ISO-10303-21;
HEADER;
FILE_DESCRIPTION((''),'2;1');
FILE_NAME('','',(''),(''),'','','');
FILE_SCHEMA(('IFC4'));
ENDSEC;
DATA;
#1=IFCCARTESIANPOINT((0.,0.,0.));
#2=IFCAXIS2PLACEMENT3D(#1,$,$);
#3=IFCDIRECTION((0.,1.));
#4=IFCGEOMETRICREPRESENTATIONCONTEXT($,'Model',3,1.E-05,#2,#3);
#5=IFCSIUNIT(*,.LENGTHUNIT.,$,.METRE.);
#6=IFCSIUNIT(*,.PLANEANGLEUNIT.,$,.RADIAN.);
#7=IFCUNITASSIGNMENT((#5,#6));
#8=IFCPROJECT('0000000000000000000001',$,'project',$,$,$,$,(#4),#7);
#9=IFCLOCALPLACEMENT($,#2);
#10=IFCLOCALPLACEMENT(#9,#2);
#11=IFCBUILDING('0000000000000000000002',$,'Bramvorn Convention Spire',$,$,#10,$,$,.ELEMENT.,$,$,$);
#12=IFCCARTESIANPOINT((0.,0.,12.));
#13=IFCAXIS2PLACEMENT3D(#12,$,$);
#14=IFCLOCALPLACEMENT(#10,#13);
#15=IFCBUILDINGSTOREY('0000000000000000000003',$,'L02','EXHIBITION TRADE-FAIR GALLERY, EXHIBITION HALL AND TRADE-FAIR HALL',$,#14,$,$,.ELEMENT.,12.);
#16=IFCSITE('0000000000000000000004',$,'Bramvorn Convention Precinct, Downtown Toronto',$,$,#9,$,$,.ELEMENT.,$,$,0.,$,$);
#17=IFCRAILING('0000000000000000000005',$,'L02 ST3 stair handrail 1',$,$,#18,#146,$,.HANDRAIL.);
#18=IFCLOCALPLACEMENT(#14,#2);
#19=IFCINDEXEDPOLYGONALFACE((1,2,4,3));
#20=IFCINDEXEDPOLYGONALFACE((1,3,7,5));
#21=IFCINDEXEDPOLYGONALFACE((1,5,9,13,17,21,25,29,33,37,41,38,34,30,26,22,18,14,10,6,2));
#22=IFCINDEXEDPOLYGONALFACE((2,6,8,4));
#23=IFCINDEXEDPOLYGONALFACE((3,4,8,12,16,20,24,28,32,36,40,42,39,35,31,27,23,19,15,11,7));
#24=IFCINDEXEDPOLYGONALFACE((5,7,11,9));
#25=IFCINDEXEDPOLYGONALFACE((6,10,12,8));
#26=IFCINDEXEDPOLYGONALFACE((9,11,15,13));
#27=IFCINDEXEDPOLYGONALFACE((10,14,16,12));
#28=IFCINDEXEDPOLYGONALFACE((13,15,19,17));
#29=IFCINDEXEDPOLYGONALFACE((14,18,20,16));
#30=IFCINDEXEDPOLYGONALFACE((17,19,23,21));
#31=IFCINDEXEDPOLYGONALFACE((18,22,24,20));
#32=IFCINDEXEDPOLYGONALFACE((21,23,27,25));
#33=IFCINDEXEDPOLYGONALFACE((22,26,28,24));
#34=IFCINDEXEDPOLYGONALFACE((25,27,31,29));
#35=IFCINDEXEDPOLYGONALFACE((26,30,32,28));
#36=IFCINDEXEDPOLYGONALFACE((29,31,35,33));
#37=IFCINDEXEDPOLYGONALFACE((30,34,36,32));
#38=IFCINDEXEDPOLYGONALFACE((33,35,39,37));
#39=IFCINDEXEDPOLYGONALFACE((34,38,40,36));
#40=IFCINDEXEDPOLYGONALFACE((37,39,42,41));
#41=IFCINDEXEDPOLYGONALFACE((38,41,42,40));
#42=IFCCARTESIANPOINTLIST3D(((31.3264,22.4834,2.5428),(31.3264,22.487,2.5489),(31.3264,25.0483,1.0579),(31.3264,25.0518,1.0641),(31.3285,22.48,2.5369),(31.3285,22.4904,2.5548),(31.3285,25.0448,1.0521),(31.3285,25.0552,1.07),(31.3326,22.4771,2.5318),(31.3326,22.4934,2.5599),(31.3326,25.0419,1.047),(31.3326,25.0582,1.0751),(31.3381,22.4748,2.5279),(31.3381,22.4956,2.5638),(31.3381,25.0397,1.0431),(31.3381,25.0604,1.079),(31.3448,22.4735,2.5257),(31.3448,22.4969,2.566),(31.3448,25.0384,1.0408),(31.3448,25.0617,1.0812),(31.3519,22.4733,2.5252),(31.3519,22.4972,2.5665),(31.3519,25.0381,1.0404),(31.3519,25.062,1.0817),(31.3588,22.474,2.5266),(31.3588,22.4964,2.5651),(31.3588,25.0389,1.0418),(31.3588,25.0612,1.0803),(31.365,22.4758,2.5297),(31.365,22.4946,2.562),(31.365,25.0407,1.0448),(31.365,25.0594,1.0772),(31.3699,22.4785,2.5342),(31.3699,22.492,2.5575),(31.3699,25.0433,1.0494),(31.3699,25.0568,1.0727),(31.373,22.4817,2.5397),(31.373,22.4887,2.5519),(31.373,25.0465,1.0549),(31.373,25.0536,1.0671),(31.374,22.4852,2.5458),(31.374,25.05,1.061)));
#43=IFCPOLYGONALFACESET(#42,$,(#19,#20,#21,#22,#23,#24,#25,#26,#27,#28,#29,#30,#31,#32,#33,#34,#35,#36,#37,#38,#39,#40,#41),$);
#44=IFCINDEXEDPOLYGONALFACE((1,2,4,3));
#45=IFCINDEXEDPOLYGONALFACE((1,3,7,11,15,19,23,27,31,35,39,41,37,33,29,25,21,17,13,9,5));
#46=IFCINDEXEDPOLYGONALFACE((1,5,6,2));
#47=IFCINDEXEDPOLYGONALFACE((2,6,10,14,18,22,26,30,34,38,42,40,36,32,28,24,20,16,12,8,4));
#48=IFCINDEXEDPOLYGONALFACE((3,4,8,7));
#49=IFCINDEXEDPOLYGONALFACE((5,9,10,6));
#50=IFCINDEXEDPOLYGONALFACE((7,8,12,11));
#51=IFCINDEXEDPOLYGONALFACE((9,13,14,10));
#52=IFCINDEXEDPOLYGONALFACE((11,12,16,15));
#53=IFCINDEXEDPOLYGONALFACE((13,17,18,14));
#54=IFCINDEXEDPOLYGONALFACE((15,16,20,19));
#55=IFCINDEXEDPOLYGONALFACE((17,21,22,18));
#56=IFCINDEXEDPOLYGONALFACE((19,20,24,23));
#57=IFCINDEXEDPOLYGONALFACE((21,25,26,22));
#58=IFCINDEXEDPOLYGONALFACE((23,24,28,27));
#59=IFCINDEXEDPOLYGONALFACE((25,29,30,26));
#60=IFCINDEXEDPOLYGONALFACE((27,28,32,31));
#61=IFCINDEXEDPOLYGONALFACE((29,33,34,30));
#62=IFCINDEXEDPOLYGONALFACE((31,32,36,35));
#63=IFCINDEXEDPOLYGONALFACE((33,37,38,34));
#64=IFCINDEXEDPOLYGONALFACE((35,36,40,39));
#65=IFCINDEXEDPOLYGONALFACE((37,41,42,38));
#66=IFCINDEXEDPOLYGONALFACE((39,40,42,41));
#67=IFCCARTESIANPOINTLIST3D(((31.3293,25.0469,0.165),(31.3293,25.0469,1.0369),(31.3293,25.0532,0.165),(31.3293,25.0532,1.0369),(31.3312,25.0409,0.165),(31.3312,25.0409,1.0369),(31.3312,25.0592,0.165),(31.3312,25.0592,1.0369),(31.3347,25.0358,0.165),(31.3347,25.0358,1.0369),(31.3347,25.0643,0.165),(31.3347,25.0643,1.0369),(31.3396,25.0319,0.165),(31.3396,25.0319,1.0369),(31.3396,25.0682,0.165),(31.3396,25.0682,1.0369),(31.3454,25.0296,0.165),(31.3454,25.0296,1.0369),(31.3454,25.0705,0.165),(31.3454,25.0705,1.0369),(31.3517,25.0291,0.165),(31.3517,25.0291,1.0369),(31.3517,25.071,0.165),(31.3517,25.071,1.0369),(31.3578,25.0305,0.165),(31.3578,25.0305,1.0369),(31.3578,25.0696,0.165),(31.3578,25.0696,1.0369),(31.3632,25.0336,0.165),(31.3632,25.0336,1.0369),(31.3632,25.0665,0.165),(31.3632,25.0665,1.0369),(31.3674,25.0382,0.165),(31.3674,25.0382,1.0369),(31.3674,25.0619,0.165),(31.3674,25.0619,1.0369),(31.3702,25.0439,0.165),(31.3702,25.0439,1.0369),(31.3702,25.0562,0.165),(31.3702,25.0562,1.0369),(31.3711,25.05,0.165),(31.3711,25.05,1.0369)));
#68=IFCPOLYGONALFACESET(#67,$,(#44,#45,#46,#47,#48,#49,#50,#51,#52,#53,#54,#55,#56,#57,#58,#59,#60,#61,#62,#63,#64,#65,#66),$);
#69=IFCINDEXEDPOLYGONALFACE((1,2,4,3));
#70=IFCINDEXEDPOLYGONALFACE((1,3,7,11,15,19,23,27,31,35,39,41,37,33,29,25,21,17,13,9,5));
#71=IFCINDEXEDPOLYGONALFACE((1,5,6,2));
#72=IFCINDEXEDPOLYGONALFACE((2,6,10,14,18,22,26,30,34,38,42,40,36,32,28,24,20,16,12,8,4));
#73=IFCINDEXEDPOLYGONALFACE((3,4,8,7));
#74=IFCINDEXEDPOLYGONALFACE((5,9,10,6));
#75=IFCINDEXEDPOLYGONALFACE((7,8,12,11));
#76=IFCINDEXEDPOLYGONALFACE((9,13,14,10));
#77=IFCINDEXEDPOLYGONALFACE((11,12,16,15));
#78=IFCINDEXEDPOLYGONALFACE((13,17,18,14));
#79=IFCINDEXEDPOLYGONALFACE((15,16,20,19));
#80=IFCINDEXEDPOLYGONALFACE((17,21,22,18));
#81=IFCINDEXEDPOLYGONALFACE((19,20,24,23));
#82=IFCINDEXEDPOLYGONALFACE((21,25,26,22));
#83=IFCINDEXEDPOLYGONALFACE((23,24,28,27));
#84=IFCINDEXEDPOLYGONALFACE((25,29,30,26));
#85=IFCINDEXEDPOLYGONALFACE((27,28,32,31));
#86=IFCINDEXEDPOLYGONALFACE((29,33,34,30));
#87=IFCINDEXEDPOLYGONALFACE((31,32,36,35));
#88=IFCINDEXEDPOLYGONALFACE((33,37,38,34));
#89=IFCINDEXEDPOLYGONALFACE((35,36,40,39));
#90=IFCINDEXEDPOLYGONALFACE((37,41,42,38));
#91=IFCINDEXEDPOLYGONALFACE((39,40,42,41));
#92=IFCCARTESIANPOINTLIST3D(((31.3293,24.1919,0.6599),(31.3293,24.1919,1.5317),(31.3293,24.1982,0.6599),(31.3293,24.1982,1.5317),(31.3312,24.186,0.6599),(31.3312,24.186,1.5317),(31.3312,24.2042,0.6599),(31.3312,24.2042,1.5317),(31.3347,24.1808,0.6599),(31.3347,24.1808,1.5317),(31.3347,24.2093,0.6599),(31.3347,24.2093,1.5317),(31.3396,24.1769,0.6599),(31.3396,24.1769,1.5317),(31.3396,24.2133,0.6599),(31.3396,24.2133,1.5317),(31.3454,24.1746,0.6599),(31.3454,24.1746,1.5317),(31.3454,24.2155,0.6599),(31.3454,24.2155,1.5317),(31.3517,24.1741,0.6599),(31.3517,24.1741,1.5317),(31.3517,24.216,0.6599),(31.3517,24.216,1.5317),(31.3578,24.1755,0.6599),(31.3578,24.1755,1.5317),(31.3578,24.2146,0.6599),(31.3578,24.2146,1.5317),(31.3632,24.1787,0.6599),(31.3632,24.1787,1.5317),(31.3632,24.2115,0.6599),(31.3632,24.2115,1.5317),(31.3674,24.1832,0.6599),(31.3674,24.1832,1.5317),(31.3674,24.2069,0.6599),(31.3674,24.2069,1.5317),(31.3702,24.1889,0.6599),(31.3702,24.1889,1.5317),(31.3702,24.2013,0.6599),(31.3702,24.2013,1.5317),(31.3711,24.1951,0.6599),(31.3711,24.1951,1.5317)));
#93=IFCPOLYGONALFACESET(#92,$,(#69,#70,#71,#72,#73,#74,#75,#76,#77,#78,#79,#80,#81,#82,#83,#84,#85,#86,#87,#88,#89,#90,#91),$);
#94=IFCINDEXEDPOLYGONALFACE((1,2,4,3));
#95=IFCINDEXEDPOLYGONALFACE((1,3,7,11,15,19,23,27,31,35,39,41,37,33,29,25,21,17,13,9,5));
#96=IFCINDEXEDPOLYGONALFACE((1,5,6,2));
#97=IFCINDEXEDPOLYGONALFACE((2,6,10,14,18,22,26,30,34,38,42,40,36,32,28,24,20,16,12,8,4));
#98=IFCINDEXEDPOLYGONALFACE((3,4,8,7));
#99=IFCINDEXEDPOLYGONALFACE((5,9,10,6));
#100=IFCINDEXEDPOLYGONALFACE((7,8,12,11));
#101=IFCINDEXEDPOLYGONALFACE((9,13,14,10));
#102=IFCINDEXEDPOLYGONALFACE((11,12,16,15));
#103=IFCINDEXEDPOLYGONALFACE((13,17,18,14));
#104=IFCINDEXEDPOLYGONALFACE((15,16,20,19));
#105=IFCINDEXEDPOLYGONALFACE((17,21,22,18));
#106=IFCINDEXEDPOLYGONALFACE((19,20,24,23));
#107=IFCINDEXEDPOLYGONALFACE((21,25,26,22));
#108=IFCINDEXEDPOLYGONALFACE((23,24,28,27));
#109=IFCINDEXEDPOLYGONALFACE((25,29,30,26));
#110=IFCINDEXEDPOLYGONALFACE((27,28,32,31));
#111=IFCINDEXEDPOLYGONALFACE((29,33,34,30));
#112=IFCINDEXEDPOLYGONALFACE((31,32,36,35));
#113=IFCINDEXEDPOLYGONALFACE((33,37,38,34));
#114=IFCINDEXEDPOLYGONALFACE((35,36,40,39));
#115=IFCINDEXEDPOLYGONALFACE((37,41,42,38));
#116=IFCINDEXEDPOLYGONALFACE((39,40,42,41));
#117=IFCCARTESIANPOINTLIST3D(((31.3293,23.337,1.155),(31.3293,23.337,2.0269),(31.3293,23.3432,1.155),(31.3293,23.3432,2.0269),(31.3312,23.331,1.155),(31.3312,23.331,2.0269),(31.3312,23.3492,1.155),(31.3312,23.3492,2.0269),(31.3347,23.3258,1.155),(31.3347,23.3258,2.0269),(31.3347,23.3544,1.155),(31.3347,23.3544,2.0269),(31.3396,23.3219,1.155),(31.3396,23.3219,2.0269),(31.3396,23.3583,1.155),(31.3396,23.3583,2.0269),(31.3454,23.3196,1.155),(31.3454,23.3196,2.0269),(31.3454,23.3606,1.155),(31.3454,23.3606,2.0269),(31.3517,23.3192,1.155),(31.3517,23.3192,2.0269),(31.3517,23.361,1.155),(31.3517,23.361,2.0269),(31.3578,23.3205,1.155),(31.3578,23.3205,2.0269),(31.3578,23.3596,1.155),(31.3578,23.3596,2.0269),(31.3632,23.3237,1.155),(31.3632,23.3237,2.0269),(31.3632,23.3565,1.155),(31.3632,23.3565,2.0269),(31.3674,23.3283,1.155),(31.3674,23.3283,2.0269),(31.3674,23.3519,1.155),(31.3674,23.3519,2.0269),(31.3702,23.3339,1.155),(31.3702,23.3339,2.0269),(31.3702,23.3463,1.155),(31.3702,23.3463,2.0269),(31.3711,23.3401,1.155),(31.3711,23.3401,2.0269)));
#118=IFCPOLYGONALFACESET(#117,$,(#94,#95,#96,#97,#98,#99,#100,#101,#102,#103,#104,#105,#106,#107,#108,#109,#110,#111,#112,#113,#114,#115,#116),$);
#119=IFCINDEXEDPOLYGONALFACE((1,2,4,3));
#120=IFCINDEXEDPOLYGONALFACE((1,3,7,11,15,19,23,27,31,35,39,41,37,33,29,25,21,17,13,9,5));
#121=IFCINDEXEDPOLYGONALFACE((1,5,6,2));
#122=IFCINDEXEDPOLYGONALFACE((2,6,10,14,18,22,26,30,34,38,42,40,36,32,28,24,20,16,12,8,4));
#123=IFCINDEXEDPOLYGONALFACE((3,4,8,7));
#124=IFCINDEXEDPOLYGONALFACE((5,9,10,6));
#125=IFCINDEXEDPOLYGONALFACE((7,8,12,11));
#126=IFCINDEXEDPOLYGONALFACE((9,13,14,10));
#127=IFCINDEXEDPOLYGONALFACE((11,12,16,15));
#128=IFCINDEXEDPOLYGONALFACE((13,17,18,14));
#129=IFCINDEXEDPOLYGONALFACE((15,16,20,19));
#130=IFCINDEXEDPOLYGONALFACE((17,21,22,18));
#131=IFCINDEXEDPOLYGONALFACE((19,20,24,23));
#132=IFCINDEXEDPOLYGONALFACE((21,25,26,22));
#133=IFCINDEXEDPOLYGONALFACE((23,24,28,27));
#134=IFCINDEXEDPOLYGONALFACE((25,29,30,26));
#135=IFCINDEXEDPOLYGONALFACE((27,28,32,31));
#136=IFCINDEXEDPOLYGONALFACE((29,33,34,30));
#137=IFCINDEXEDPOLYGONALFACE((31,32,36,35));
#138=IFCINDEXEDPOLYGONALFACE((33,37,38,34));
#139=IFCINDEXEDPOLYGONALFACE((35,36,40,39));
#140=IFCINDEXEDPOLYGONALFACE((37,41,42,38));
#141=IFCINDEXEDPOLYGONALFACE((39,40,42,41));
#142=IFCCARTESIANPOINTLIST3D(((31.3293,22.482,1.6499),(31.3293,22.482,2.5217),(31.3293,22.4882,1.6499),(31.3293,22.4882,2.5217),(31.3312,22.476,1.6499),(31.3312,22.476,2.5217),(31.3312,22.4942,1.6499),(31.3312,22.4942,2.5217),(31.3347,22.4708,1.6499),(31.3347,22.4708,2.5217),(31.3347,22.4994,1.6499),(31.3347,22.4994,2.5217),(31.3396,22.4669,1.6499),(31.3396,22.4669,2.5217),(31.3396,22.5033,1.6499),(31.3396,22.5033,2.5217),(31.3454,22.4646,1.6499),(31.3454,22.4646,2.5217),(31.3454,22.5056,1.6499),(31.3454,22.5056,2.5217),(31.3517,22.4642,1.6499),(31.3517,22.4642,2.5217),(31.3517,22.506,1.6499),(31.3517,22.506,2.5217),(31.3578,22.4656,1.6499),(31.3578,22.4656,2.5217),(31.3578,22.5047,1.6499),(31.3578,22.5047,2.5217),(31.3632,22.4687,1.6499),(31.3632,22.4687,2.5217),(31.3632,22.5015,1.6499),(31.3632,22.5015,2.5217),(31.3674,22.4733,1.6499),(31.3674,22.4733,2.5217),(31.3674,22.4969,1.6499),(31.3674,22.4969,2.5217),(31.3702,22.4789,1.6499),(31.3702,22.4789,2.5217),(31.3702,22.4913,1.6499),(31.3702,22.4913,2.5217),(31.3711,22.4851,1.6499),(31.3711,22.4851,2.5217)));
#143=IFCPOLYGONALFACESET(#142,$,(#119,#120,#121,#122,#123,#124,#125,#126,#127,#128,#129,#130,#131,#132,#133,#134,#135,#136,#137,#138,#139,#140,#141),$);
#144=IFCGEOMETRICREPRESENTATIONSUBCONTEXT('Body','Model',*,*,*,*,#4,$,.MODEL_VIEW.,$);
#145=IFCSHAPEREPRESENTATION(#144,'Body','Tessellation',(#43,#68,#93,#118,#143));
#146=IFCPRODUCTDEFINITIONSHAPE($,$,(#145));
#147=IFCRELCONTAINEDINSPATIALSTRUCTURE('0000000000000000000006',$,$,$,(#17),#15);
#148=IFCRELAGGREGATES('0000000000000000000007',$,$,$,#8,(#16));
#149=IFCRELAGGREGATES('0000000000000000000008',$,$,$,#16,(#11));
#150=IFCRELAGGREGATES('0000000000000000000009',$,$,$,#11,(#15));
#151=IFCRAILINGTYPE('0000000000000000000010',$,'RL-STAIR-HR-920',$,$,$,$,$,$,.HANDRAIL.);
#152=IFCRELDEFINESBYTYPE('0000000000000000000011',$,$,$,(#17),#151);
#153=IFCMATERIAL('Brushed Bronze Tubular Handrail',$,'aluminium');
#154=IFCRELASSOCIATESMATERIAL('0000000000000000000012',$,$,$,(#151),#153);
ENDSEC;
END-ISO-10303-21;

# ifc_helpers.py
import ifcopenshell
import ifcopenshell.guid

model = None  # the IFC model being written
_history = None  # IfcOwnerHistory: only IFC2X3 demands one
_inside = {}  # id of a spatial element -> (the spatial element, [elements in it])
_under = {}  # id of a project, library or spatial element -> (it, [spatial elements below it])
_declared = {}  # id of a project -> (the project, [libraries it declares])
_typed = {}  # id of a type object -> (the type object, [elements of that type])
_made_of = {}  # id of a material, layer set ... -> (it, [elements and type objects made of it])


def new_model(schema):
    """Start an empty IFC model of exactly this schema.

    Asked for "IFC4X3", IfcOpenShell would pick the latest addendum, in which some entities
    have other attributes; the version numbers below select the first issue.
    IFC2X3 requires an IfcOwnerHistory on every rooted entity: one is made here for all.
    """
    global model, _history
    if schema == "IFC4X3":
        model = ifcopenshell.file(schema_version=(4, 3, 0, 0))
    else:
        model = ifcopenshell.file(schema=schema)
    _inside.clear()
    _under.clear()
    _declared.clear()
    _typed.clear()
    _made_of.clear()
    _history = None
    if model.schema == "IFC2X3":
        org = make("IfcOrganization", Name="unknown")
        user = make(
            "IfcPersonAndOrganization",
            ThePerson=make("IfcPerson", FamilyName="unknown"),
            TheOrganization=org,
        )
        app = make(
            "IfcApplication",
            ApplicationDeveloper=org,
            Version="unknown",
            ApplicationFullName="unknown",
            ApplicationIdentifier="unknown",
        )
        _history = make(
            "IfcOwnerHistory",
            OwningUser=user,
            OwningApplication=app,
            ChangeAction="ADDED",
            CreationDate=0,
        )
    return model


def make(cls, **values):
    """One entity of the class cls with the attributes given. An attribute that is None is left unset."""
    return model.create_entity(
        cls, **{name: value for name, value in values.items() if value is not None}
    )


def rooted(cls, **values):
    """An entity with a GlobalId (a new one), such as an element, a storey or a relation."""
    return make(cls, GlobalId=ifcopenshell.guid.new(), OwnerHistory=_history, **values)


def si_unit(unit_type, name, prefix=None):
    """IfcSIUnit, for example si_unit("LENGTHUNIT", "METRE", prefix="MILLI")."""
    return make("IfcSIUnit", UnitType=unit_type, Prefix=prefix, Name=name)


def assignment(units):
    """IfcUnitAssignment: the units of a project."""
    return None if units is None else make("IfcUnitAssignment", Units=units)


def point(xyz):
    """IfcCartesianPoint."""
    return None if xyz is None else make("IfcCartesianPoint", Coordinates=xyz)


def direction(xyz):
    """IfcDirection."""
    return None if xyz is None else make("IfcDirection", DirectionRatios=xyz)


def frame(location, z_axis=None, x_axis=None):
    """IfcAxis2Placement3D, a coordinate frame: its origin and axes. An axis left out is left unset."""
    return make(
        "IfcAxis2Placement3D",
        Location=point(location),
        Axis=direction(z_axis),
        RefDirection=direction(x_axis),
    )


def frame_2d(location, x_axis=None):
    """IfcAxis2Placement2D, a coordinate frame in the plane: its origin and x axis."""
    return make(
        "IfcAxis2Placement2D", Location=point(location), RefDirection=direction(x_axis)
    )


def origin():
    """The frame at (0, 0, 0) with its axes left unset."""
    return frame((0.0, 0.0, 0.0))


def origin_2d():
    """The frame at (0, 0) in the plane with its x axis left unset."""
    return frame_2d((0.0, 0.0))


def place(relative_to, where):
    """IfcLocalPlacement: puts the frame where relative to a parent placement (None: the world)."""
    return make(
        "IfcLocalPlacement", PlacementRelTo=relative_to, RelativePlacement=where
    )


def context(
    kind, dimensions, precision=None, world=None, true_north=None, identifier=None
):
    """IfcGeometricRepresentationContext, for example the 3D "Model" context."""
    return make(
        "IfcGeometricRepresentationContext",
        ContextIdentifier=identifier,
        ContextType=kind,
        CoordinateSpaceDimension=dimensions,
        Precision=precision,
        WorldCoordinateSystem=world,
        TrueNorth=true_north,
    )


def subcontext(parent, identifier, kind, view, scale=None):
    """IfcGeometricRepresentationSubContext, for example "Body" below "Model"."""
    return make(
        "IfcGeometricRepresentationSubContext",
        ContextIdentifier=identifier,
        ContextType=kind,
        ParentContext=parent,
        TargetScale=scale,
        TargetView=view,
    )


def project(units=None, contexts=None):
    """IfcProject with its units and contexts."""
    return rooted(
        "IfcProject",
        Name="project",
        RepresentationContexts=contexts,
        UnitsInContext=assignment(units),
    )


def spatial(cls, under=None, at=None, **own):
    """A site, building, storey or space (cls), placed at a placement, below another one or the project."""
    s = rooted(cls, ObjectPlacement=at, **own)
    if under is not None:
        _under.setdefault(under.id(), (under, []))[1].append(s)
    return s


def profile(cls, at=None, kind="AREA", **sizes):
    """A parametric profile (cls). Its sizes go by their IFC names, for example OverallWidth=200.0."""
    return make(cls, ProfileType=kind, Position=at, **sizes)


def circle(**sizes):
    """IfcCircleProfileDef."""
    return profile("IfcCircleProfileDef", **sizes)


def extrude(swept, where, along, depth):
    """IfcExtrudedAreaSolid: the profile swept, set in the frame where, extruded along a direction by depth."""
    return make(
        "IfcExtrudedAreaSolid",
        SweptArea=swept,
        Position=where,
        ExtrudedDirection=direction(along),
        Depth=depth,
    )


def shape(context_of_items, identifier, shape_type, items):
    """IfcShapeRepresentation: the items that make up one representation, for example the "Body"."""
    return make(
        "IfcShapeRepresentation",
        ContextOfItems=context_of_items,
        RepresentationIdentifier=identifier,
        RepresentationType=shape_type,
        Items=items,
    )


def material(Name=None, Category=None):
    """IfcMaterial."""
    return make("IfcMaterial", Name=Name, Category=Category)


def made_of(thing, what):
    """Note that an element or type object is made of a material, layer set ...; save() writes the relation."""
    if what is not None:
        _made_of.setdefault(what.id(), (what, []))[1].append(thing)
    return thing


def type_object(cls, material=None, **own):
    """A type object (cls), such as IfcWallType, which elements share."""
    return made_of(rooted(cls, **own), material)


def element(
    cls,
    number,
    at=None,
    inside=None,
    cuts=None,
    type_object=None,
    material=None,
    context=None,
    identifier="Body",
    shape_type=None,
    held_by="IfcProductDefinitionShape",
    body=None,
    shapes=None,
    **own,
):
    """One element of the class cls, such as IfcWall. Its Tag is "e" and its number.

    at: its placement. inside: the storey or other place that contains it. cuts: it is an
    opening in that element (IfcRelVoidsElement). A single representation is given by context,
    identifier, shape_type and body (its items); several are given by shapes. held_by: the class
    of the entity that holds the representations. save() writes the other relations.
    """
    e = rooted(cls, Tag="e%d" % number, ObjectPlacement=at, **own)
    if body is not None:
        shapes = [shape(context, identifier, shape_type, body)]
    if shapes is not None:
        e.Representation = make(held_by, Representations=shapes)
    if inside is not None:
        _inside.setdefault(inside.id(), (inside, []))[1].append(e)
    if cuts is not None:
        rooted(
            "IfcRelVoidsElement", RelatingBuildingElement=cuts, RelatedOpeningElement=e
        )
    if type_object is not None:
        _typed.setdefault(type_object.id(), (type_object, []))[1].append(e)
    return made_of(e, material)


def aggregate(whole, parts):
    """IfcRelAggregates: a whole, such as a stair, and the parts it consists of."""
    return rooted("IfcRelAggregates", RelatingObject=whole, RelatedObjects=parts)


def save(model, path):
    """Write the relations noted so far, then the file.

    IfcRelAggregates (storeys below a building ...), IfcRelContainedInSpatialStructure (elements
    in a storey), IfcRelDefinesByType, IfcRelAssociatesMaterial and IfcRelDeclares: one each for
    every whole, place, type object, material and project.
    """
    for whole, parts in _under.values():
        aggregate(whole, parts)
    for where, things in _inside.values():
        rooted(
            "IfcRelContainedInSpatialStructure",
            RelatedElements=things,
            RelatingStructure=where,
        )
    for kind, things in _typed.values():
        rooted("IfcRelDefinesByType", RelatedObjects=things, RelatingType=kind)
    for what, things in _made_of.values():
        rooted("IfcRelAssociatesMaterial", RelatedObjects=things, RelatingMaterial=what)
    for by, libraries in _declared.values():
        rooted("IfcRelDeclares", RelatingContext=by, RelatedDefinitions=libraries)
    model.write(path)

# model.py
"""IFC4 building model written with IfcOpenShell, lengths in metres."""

from ifc_helpers import new_model, si_unit, direction, frame, origin, origin_2d, place, context, subcontext, project, spatial, circle, extrude, material, type_object, element, save


model = new_model("IFC4")

# Units and contexts
model_context = context("Model", 3, precision=1e-05, world=origin(), true_north=direction((0.0, 1.0)))
body_context = subcontext(model_context, "Body", "Model", "MODEL_VIEW")
ifc_project = project(units=[si_unit("LENGTHUNIT", "METRE"), si_unit("PLANEANGLEUNIT", "RADIAN")], contexts=[model_context])

# Site, building, storey
site_placement = place(None, origin())
site = spatial("IfcSite", under=ifc_project, at=site_placement, Name="Bramvorn Convention Precinct, Downtown Toronto", CompositionType="ELEMENT", RefElevation=0.0)
building_placement = place(site_placement, origin())
building = spatial("IfcBuilding", under=site, at=building_placement, Name="Bramvorn Convention Spire", CompositionType="ELEMENT")
storey_placement = place(building_placement, frame((0.0, 0.0, 12.0)))
storey = spatial("IfcBuildingStorey", under=building, at=storey_placement, Name="L02", Description="EXHIBITION TRADE-FAIR GALLERY, EXHIBITION HALL AND TRADE-FAIR HALL", CompositionType="ELEMENT", Elevation=12.0)

# Railing
ifc_material_1 = material(Name="Brushed Bronze Tubular Handrail", Category="aluminium")
railing_type_1 = type_object("IfcRailingType", Name="RL-STAIR-HR-920", PredefinedType="HANDRAIL", material=ifc_material_1)
for number, where, name in (
    (1, (31.3501, 25.05, 0.165), "L02 ST3 stair handrail 1"),
):
    element("IfcRailing", number, at=place(storey_placement, frame(where)), inside=storey, type_object=railing_type_1, Name=name, PredefinedType="HANDRAIL", context=body_context, shape_type="SweptSolid", body=[
        extrude(circle(Radius=0.0239, at=origin_2d()), frame((0.0, 0.0, 0.896), z_axis=(0.0, -0.865441, 0.50101), x_axis=(1.0, 0.0, 0.0)), (0.0, 0.0, 1.0), 2.9636),
        extrude(circle(Radius=0.021, at=origin_2d()), origin(), (0.0, 0.0, 1.0), 0.8718),
        extrude(circle(Radius=0.021, at=origin_2d()), frame((0.0, -0.855, 0.4949)), (0.0, 0.0, 1.0), 0.8718),
        extrude(circle(Radius=0.021, at=origin_2d()), frame((0.0, -1.71, 0.99)), (0.0, 0.0, 1.0), 0.8718),
        extrude(circle(Radius=0.021, at=origin_2d()), frame((0.0, -2.5649, 1.4849)), (0.0, 0.0, 1.0), 0.8718),
    ])

save(model, "model.ifc")
